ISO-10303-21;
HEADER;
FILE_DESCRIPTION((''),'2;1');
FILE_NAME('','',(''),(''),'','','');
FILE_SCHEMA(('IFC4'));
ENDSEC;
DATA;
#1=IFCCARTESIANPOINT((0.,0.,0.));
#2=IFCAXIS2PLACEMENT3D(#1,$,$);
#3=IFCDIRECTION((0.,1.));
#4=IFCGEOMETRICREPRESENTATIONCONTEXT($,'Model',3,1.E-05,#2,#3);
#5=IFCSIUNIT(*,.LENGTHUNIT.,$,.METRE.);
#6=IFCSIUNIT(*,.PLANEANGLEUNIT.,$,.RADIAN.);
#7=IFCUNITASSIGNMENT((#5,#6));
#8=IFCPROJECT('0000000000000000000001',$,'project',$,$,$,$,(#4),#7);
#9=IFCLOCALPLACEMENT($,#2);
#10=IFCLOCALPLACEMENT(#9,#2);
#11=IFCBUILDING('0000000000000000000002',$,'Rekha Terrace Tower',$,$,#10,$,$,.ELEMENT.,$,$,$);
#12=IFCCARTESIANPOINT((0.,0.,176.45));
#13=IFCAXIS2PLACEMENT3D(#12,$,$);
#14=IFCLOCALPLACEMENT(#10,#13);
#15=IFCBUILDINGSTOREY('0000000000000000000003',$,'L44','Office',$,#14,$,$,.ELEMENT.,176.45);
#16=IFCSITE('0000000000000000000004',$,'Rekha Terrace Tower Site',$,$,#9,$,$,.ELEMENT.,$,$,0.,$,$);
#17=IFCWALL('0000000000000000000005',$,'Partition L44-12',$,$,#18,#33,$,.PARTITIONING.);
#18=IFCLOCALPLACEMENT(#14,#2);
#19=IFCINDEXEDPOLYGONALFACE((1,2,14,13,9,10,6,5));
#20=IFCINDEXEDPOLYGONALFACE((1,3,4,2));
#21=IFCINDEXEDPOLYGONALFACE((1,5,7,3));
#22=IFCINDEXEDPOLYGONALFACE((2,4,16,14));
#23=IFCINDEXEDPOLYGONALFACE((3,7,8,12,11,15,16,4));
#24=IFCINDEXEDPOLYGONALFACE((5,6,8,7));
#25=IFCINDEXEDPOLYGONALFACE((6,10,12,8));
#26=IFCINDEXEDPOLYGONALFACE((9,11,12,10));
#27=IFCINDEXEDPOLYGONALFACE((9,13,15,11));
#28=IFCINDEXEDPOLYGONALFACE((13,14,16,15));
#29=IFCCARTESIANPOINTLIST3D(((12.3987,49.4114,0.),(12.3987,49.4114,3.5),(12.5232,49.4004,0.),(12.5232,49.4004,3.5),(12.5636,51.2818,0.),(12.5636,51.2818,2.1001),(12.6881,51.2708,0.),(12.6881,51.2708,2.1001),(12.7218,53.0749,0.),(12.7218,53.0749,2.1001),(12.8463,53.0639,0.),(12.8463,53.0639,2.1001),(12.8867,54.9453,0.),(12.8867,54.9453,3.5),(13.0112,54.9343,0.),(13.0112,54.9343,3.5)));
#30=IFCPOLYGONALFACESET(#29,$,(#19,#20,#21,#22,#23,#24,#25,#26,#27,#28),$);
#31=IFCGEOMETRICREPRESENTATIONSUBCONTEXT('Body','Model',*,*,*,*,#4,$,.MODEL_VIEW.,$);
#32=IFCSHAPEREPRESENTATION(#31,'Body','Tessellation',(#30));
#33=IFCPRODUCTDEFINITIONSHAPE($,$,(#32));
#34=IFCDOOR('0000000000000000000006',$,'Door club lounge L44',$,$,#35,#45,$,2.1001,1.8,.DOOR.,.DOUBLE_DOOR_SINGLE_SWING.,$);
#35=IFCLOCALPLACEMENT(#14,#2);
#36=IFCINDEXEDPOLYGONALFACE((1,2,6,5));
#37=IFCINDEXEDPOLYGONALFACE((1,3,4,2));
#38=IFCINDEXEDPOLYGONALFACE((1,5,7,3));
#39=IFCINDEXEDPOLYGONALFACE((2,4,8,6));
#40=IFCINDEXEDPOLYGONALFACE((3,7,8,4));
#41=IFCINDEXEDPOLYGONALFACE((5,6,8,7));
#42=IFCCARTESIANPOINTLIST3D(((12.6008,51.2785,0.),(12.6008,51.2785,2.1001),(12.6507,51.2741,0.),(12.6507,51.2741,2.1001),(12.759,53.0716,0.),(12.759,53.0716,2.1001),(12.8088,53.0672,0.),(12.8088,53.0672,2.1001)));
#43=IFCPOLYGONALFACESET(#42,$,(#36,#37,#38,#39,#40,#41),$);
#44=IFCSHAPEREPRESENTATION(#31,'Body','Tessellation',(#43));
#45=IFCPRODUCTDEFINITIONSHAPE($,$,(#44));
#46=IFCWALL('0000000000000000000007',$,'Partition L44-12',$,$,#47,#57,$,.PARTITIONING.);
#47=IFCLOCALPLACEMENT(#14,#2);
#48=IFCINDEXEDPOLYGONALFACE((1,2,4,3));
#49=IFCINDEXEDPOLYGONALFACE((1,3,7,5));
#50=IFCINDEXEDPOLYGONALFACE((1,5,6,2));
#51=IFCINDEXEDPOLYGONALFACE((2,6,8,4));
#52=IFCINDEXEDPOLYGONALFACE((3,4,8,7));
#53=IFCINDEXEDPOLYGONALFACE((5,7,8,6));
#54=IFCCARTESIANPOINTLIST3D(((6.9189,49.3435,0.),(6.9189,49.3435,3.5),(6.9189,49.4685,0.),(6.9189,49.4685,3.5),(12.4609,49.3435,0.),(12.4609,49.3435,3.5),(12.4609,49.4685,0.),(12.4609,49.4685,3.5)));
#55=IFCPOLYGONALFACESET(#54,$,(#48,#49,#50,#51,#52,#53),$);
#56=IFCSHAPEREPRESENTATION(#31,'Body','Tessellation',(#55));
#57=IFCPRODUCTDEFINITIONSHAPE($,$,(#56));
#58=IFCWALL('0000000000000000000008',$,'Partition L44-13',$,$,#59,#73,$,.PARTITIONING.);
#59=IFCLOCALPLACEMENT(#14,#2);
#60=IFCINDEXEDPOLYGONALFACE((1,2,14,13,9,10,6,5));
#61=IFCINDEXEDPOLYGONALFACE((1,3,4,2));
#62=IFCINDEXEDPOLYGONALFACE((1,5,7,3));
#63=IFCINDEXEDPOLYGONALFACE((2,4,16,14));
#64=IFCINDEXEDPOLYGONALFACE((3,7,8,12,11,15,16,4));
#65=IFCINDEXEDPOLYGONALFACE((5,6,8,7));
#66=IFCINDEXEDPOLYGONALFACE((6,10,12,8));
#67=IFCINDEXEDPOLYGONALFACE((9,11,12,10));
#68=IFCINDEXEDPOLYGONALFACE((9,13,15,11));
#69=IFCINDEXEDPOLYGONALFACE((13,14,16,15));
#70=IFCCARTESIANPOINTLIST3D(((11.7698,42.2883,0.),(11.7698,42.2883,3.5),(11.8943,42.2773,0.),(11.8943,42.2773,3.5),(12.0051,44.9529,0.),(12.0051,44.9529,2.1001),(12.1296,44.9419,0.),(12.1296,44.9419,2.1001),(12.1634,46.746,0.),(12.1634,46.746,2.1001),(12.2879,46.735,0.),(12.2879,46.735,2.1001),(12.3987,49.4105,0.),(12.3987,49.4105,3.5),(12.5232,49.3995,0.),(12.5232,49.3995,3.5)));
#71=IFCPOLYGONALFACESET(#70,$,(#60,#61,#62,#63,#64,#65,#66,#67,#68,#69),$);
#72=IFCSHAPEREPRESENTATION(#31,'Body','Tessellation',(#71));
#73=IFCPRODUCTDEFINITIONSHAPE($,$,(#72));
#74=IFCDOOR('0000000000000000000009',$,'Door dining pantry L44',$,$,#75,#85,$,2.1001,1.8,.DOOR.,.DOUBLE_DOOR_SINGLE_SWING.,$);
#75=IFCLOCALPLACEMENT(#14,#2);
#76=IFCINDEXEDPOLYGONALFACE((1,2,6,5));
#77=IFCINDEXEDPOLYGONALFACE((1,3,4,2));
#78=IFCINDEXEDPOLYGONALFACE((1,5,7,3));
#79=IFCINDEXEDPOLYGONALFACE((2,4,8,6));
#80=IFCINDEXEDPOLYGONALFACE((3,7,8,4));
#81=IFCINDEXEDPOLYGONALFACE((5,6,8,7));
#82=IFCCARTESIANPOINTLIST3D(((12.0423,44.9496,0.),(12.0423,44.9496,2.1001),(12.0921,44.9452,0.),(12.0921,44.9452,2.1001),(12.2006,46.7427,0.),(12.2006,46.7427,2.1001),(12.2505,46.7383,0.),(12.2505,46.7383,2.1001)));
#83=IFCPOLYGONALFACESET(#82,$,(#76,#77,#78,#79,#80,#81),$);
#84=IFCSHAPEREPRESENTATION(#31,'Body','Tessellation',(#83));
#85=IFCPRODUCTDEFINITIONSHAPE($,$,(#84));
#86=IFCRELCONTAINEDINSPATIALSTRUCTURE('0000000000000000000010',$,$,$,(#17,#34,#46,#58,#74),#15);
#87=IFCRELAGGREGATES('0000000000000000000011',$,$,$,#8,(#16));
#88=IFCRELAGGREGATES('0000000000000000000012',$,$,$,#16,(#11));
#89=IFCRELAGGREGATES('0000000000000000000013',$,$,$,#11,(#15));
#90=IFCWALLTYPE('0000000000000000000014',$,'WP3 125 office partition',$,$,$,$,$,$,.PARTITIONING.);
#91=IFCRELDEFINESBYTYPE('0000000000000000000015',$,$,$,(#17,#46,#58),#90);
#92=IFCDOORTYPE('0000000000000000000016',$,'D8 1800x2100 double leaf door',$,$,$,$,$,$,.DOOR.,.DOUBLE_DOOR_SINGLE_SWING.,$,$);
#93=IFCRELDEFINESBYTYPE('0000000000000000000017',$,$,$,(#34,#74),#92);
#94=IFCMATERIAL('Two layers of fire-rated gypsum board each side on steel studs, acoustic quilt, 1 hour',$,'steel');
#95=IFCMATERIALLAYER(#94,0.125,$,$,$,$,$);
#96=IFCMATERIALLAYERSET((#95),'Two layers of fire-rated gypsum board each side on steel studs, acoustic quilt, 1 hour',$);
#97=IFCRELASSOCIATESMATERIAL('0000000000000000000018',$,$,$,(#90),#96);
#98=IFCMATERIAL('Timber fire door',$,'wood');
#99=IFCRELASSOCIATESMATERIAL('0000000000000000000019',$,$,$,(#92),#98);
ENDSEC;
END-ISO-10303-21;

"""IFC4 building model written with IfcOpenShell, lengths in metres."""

from ifc_helpers import new_model, si_unit, direction, frame, frame_2d, origin, place, context, subcontext, project, spatial, rectangle, extrude, material, layer, layer_set, type_object, element, fill, save


model = new_model("IFC4")

# Units and contexts
model_context = context("Model", 3, precision=1e-05, world=origin(), true_north=direction((0.0, 1.0)))
body_context = subcontext(model_context, "Body", "Model", "MODEL_VIEW")
ifc_project = project(units=[si_unit("LENGTHUNIT", "METRE"), si_unit("PLANEANGLEUNIT", "RADIAN")], contexts=[model_context])

# Site, building, storey
site_placement = place(None, origin())
site = spatial("IfcSite", under=ifc_project, at=site_placement, Name="Rekha Terrace Tower Site", CompositionType="ELEMENT", RefElevation=0.0)
building_placement = place(site_placement, origin())
building = spatial("IfcBuilding", under=site, at=building_placement, Name="Rekha Terrace Tower", CompositionType="ELEMENT")
storey_placement = place(building_placement, frame((0.0, 0.0, 176.45)))
storey = spatial("IfcBuildingStorey", under=building, at=storey_placement, Name="L44", Description="Office", CompositionType="ELEMENT", Elevation=176.45)

# Shared definitions
ifc_material_1 = material(Name="Two layers of fire-rated gypsum board each side on steel studs, acoustic quilt, 1 hour", Category="steel")
ifc_layer_1 = layer(ifc_material_1, 0.125)
ifc_layer_set_1 = layer_set([ifc_layer_1], Name="Two layers of fire-rated gypsum board each side on steel studs, acoustic quilt, 1 hour")
wall_type = type_object("IfcWallType", Name="WP3 125 office partition", PredefinedType="PARTITIONING", material=ifc_layer_set_1)

# Wall, opening, door
wall_1_placement = place(storey_placement, frame((12.949, 54.9399, 0.0), z_axis=(0.0, 0.0, 1.0), x_axis=(-0.087849, -0.996134, 0.0)))
wall_1 = element("IfcWall", 1, at=wall_1_placement, inside=storey, type_object=wall_type, Name="Partition L44-12", PredefinedType="PARTITIONING", context=body_context, shape_type="SweptSolid", body=[
    extrude(rectangle(XDim=5.5554, YDim=0.125, at=frame_2d((2.7778, 0.0))), origin(), (0.0, 0.0, 1.0), 3.5),
])
opening_1_placement = place(wall_1_placement, frame((1.8779, 0.0, 0.0)))
opening_1 = element("IfcOpeningElement", 2, at=opening_1_placement, cuts=wall_1, PredefinedType="OPENING", context=body_context, shape_type="SweptSolid", body=[
    extrude(rectangle(XDim=1.8, YDim=2.1001, at=frame_2d((0.8999, 1.05))), frame((0.0, 0.0725, 0.0), z_axis=(0.0, -1.0, 0.0), x_axis=(1.0, 0.0, 0.0)), (0.0, 0.0, 1.0), 0.145),
])
ifc_material_2 = material(Name="Timber fire door", Category="wood")
door_type = type_object("IfcDoorType", Name="D8 1800x2100 double leaf door", OperationType="DOUBLE_DOOR_SINGLE_SWING", PredefinedType="DOOR", material=ifc_material_2)
door_1_placement = place(opening_1_placement, origin())
door_1 = element("IfcDoor", 3, at=door_1_placement, inside=storey, type_object=door_type, Name="Door club lounge L44", OperationType="DOUBLE_DOOR_SINGLE_SWING", OverallHeight=2.1001, OverallWidth=1.8, PredefinedType="DOOR", context=body_context, shape_type="SweptSolid", body=[
    extrude(rectangle(XDim=1.8, YDim=2.1001, at=frame_2d((0.8999, 1.05))), frame((0.0, 0.0249, 0.0), z_axis=(0.0, -1.0, 0.0), x_axis=(1.0, 0.0, 0.0)), (0.0, 0.0, 1.0), 0.05),
])
fill(opening_1, door_1)

# Wall
wall_2_placement = place(storey_placement, frame((12.4609, 49.406, 0.0), z_axis=(0.0, 0.0, 1.0), x_axis=(-1.0, 0.0, 0.0)))
element("IfcWall", 4, at=wall_2_placement, inside=storey, type_object=wall_type, Name="Partition L44-12", PredefinedType="PARTITIONING", context=body_context, shape_type="SweptSolid", body=[
    extrude(rectangle(XDim=5.542, YDim=0.125, at=frame_2d((2.771, 0.0))), origin(), (0.0, 0.0, 1.0), 3.5),
])

# Wall, opening, door
wall_3_placement = place(storey_placement, frame((12.4609, 49.405, 0.0), z_axis=(0.0, 0.0, 1.0), x_axis=(-0.087962, -0.996124, 0.0)))
wall_3 = element("IfcWall", 5, at=wall_3_placement, inside=storey, type_object=wall_type, Name="Partition L44-13", PredefinedType="PARTITIONING", context=body_context, shape_type="SweptSolid", body=[
    extrude(rectangle(XDim=7.1499, YDim=0.125, at=frame_2d((3.575, 0.0))), origin(), (0.0, 0.0, 1.0), 3.5),
])
opening_2_placement = place(wall_3_placement, frame((2.675, 0.0, 0.0)))
opening_2 = element("IfcOpeningElement", 6, at=opening_2_placement, cuts=wall_3, PredefinedType="OPENING", context=body_context, shape_type="SweptSolid", body=[
    extrude(rectangle(XDim=1.8, YDim=2.1001, at=frame_2d((0.8999, 1.05))), frame((0.0, 0.0725, 0.0), z_axis=(0.0, -1.0, 0.0), x_axis=(1.0, 0.0, 0.0)), (0.0, 0.0, 1.0), 0.145),
])
door_2_placement = place(opening_2_placement, origin())
door_2 = element("IfcDoor", 7, at=door_2_placement, inside=storey, type_object=door_type, Name="Door dining pantry L44", OperationType="DOUBLE_DOOR_SINGLE_SWING", OverallHeight=2.1001, OverallWidth=1.8, PredefinedType="DOOR", context=body_context, shape_type="SweptSolid", body=[
    extrude(rectangle(XDim=1.8, YDim=2.1001, at=frame_2d((0.8999, 1.05))), frame((0.0, 0.0249, 0.0), z_axis=(0.0, -1.0, 0.0), x_axis=(1.0, 0.0, 0.0)), (0.0, 0.0, 1.0), 0.05),
])
fill(opening_2, door_2)

save(model, "model.ifc")
